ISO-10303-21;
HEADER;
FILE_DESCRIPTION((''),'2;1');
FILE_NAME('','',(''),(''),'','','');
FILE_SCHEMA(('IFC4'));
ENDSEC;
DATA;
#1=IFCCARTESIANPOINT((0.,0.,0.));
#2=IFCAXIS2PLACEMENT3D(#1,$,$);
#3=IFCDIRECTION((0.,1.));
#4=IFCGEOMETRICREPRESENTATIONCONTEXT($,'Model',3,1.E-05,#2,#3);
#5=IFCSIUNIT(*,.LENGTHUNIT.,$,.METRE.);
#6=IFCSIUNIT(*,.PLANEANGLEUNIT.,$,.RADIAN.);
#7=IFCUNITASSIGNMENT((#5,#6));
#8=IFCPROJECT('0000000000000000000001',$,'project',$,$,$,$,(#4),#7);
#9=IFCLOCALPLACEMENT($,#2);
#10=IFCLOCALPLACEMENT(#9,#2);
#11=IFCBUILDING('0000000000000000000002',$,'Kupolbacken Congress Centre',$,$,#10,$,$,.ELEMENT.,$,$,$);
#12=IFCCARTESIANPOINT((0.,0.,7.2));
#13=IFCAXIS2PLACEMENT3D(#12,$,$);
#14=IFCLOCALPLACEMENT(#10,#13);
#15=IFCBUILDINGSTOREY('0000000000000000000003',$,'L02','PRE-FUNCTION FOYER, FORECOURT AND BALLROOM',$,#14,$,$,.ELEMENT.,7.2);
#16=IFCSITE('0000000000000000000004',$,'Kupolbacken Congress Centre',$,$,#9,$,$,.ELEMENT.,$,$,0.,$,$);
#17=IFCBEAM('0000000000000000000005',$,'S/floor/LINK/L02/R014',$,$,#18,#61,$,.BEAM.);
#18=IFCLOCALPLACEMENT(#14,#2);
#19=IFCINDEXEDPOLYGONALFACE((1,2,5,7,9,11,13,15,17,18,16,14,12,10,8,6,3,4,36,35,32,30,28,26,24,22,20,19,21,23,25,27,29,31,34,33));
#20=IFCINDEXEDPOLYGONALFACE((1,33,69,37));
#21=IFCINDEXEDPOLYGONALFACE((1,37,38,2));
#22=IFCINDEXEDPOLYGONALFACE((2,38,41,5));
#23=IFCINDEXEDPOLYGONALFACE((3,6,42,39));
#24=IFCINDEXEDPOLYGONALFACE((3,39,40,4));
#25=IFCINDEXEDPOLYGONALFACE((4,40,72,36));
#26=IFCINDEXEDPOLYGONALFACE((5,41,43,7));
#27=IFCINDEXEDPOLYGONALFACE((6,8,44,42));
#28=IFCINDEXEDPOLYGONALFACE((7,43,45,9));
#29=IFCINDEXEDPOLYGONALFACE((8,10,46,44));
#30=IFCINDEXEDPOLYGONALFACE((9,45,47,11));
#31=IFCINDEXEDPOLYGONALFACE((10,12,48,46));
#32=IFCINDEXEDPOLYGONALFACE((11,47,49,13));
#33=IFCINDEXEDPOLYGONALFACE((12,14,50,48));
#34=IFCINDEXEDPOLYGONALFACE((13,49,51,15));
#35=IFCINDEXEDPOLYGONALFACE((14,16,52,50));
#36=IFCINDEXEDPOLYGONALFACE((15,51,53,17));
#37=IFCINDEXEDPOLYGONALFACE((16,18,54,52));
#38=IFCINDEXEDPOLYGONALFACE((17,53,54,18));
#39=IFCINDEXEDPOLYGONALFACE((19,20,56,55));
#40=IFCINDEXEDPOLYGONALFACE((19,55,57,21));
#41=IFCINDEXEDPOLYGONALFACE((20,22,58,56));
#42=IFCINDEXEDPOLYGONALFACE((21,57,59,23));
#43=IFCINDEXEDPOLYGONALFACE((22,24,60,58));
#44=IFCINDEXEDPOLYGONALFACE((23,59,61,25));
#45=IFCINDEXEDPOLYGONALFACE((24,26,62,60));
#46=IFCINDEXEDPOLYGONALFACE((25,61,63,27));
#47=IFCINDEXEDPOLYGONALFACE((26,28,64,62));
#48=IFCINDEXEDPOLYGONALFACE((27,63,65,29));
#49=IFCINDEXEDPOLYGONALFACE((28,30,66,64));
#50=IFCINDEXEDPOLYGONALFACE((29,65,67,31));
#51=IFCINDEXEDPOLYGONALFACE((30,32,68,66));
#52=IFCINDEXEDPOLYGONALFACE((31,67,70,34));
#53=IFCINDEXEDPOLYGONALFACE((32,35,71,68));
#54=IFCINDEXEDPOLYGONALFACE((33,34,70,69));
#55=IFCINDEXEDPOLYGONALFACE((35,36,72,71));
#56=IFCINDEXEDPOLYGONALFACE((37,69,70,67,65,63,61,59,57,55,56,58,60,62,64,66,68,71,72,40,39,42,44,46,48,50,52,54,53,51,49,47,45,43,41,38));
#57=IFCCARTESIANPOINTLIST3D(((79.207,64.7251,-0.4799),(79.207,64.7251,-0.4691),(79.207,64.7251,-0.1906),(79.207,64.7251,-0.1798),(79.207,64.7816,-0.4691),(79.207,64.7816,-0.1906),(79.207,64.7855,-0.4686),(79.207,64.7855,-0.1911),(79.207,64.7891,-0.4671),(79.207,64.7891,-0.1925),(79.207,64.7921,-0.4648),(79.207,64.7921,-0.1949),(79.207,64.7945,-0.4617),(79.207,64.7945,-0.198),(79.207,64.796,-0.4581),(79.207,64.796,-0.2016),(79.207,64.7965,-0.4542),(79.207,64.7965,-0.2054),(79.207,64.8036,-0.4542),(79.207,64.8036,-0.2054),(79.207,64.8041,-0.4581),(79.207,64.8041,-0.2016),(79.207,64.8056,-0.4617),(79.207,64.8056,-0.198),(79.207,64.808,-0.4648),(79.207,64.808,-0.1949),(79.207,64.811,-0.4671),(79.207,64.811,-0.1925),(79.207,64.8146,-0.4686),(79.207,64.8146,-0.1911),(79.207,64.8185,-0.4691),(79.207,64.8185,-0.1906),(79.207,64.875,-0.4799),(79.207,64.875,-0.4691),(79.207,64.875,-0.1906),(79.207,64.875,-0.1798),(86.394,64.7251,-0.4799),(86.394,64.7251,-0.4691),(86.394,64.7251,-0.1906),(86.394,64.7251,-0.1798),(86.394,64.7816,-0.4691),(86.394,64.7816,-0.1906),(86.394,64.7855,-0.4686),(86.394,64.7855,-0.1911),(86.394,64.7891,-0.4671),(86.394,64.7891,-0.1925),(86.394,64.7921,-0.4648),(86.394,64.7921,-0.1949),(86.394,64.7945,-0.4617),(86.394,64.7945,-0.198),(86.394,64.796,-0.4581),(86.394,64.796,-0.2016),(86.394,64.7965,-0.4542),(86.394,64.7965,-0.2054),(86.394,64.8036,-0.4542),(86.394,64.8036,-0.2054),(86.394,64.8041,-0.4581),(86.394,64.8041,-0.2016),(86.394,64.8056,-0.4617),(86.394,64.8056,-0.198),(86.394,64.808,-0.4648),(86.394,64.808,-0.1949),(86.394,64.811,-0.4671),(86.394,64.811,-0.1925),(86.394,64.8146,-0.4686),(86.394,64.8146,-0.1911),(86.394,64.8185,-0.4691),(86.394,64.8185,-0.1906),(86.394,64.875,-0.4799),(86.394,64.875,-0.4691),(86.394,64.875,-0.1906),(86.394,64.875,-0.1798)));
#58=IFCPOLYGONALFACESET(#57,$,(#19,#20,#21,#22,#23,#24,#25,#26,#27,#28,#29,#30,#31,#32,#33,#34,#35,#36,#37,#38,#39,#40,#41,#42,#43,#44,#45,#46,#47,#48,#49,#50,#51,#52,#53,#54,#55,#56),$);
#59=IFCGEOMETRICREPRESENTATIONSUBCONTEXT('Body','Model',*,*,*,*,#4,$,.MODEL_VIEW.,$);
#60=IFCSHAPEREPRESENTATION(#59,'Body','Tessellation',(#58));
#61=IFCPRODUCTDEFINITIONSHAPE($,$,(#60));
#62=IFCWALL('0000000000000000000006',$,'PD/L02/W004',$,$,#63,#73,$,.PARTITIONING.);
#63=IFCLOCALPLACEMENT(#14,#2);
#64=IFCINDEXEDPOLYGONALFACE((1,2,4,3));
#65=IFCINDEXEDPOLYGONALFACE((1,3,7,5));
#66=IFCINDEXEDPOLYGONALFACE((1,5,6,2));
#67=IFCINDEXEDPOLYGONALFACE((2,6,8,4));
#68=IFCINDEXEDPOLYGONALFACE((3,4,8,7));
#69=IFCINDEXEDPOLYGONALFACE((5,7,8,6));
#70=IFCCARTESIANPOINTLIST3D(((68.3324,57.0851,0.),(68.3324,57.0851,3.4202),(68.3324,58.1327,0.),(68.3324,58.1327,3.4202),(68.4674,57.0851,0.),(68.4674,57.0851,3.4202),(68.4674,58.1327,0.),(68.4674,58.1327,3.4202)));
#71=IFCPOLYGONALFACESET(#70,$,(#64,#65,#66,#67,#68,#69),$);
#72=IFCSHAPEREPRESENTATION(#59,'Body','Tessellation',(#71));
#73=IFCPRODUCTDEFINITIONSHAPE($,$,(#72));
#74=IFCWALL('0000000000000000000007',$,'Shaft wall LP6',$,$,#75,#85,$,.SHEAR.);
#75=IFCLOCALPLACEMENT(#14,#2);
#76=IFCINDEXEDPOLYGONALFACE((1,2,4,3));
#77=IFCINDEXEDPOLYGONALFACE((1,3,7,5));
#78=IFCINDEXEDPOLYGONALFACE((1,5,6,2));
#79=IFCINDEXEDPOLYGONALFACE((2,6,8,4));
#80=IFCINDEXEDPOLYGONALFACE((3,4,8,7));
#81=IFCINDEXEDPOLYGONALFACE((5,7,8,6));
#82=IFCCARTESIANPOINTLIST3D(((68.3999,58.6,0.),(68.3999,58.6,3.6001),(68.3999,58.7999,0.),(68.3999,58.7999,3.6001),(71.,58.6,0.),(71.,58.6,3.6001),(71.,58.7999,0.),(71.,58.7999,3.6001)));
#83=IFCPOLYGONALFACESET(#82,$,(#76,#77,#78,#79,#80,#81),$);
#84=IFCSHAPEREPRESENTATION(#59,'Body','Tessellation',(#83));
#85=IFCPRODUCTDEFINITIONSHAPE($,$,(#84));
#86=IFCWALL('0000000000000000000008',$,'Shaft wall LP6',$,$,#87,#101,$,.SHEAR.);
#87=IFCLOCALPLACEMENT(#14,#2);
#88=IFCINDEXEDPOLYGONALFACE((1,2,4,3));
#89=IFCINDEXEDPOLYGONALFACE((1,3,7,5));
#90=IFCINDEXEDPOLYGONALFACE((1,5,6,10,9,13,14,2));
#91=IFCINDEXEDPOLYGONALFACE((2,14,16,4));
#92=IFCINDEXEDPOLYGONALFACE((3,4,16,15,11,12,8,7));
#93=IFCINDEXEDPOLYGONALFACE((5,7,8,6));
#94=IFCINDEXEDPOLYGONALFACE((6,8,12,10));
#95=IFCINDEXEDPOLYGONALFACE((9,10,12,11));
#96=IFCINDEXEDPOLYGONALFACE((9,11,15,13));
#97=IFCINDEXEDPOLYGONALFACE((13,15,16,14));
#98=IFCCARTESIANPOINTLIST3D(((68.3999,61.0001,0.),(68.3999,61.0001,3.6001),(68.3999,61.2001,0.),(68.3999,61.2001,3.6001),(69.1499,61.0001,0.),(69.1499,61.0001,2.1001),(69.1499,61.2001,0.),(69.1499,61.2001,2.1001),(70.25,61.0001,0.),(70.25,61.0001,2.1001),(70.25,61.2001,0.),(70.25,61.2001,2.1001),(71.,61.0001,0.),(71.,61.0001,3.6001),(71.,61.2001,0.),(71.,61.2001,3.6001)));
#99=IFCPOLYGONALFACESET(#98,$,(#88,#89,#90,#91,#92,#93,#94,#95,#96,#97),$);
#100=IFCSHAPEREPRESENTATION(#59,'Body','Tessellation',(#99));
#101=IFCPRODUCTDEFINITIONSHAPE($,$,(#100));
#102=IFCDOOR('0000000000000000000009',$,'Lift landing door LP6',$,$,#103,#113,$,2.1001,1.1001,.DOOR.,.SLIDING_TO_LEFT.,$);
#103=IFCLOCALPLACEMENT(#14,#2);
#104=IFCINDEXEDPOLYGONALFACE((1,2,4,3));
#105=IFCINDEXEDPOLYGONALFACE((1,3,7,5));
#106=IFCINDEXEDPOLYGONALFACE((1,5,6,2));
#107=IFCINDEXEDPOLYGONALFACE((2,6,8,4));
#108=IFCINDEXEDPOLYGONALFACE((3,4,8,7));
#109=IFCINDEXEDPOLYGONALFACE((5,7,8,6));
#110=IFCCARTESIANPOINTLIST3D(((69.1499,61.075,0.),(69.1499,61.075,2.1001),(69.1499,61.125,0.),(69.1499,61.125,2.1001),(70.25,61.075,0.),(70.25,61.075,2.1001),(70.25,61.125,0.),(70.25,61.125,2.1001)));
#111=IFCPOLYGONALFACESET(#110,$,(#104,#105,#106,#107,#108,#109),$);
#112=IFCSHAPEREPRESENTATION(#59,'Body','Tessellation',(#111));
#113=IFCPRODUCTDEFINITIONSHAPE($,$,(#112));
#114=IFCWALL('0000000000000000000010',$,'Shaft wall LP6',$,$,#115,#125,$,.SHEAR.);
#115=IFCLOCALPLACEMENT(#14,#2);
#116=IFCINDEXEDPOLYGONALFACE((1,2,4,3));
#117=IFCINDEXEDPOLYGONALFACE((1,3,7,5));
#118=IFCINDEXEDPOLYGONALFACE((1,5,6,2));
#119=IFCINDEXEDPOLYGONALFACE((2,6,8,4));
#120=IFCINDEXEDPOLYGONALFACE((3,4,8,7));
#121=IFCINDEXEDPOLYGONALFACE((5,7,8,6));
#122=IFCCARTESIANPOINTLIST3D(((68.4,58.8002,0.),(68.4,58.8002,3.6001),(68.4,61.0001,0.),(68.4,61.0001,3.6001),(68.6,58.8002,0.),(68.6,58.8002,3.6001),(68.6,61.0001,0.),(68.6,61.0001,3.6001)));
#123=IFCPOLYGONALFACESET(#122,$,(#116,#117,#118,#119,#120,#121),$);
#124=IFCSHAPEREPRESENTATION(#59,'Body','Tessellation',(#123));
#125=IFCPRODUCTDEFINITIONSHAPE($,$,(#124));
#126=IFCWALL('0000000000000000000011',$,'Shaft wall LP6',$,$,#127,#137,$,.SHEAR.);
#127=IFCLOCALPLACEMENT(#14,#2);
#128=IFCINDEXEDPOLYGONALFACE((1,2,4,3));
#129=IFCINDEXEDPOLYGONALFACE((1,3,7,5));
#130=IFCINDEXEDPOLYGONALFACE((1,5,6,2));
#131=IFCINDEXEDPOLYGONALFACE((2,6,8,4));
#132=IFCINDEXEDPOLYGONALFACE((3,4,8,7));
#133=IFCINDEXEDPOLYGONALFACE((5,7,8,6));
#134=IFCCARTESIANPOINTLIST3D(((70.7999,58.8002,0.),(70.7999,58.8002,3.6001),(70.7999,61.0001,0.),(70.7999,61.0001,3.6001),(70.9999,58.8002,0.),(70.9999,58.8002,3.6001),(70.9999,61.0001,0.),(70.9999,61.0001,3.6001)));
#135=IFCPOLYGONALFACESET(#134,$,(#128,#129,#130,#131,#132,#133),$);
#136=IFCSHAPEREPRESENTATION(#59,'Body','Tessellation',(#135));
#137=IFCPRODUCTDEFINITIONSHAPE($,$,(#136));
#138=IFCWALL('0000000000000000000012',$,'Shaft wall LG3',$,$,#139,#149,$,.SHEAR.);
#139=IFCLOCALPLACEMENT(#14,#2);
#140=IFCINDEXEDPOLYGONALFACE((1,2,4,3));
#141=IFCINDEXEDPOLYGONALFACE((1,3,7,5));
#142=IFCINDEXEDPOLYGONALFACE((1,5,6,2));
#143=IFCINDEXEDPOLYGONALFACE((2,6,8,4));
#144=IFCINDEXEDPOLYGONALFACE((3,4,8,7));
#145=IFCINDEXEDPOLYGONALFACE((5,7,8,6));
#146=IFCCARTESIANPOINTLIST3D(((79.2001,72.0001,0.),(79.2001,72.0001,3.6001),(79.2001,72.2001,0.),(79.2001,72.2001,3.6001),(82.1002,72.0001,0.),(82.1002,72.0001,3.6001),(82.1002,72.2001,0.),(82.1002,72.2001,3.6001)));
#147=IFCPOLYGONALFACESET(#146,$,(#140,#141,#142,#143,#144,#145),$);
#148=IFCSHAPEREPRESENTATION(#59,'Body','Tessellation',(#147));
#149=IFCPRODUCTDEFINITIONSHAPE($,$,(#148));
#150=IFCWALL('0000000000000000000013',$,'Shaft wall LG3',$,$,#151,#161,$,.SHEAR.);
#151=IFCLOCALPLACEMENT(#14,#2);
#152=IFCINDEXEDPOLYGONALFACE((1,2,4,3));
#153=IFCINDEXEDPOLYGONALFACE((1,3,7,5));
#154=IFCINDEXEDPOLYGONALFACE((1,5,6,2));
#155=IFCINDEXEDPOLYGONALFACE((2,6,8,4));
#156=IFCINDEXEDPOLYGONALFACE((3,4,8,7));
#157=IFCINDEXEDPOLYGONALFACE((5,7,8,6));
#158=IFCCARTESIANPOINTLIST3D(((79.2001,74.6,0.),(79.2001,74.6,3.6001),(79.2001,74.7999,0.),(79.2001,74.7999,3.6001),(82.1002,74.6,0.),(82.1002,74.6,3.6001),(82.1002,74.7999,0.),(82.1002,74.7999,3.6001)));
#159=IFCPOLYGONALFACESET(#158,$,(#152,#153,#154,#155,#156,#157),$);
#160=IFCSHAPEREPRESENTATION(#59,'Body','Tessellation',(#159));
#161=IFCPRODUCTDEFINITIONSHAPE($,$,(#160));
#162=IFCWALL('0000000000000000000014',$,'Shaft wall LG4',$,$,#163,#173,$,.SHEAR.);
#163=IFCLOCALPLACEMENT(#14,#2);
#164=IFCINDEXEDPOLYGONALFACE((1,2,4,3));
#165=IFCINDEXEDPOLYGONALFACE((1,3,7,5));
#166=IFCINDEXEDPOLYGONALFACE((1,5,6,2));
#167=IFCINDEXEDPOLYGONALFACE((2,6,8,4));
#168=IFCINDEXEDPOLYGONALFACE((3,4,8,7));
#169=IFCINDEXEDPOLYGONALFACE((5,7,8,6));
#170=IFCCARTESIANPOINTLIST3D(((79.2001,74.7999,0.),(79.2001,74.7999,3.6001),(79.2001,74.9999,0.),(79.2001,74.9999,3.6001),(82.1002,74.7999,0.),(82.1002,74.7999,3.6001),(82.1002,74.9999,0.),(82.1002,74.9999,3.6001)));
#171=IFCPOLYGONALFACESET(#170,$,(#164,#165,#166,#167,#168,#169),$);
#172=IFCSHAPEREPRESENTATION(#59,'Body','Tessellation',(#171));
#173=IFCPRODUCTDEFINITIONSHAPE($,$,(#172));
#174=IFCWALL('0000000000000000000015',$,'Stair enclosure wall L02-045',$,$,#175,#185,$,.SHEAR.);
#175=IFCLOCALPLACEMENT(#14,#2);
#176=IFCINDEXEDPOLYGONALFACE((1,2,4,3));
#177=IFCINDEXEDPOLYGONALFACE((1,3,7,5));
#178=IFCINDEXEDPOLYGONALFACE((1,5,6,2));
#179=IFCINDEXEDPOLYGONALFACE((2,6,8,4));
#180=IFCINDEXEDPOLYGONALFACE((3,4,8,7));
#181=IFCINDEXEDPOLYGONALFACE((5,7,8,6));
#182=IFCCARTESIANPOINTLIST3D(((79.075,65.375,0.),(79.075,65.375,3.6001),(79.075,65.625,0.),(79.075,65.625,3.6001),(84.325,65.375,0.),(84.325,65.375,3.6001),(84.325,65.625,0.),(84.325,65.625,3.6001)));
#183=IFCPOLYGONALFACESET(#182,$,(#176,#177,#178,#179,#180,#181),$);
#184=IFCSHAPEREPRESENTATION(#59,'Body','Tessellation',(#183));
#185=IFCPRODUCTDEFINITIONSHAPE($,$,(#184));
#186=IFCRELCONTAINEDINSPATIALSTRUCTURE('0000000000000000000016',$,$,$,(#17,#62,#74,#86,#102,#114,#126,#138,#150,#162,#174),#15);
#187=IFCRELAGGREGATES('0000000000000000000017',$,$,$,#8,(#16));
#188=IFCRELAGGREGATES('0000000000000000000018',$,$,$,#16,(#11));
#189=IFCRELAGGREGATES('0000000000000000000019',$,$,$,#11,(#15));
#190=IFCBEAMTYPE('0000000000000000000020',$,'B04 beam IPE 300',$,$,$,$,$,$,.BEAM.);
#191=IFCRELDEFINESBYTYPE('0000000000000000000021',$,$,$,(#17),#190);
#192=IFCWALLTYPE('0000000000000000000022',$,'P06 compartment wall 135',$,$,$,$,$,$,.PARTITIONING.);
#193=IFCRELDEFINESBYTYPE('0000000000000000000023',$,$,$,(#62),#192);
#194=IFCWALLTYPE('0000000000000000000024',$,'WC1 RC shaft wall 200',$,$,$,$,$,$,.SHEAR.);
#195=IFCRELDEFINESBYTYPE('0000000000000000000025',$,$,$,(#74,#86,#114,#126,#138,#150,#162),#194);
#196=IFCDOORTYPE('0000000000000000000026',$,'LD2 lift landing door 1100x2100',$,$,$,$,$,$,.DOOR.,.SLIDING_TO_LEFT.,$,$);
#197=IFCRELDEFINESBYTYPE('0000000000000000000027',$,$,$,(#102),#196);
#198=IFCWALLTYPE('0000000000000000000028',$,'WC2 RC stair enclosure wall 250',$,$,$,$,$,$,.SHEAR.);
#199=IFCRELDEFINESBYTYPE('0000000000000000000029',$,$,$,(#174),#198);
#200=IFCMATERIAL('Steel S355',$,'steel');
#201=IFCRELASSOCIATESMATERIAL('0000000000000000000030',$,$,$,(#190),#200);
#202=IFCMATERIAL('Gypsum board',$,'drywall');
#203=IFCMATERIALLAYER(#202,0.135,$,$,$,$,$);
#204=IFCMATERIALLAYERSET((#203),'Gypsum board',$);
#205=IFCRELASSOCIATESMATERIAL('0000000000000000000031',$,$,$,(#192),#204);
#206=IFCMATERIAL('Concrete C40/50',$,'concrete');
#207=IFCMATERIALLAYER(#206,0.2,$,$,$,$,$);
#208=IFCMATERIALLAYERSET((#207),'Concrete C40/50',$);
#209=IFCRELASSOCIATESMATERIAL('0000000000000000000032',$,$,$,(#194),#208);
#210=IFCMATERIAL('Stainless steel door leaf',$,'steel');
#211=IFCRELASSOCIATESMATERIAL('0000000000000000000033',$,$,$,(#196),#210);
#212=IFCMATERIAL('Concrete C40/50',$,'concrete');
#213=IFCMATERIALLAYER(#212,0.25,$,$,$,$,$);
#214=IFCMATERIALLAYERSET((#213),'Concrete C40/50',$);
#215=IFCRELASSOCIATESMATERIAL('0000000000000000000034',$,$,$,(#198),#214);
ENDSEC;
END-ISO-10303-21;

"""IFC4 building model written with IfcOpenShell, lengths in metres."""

from ifc_helpers import new_model, si_unit, direction, frame, frame_2d, origin, origin_2d, place, context, subcontext, project, spatial, rectangle, i_section, extrude, material, layer, layer_set, material_profile, profile_set, type_object, element, fill, save


model = new_model("IFC4")

# Units and contexts
model_context = context("Model", 3, precision=1e-05, world=origin(), true_north=direction((0.0, 1.0)))
body_context = subcontext(model_context, "Body", "Model", "MODEL_VIEW")
ifc_project = project(units=[si_unit("LENGTHUNIT", "METRE"), si_unit("PLANEANGLEUNIT", "RADIAN")], contexts=[model_context])

# Site, building, storey
site_placement = place(None, origin())
site = spatial("IfcSite", under=ifc_project, at=site_placement, Name="Kupolbacken Congress Centre", CompositionType="ELEMENT", RefElevation=0.0)
building_placement = place(site_placement, origin())
building = spatial("IfcBuilding", under=site, at=building_placement, Name="Kupolbacken Congress Centre", CompositionType="ELEMENT")
storey_placement = place(building_placement, frame((0.0, 0.0, 7.2)))
storey = spatial("IfcBuildingStorey", under=building, at=storey_placement, Name="L02", Description="PRE-FUNCTION FOYER, FORECOURT AND BALLROOM", CompositionType="ELEMENT", Elevation=7.2)

# Beam
ifc_material_1 = material(Name="Steel S355", Category="steel")
ifc_material_profile_1 = material_profile(ifc_material_1, i_section(OverallWidth=0.1499, OverallDepth=0.3, WebThickness=0.0071, FlangeThickness=0.0107, FilletRadius=0.0149, at=origin_2d()), Name="IPE 300")
ifc_profile_set_1 = profile_set([ifc_material_profile_1], Name="Steel S355")
beam_type_1 = type_object("IfcBeamType", Name="B04 beam IPE 300", PredefinedType="BEAM", material=ifc_profile_set_1)
beam_1_placement = place(storey_placement, frame((79.207, 64.8, -0.3298), z_axis=(1.0, 0.0, 0.0), x_axis=(0.0, 1.0, 0.0)))
element("IfcBeam", 1, at=beam_1_placement, inside=storey, type_object=beam_type_1, Name="S/floor/LINK/L02/R014", PredefinedType="BEAM", context=body_context, shape_type="SweptSolid", body=[
    extrude(i_section(OverallWidth=0.1499, OverallDepth=0.3, WebThickness=0.0071, FlangeThickness=0.0107, FilletRadius=0.0149, at=origin_2d()), origin(), (0.0, 0.0, 1.0), 7.187),
])

# Walls
ifc_material_2 = material(Name="Gypsum board", Category="drywall")
ifc_layer_1 = layer(ifc_material_2, 0.135)
ifc_layer_set_1 = layer_set([ifc_layer_1], Name="Gypsum board")
wall_type_1 = type_object("IfcWallType", Name="P06 compartment wall 135", PredefinedType="PARTITIONING", material=ifc_layer_set_1)
wall_1_placement = place(storey_placement, frame((68.3999, 57.085, 0.0), z_axis=(0.0, 0.0, 1.0), x_axis=(0.0, 1.0, 0.0)))
element("IfcWall", 2, at=wall_1_placement, inside=storey, type_object=wall_type_1, Name="PD/L02/W004", PredefinedType="PARTITIONING", context=body_context, shape_type="SweptSolid", body=[
    extrude(rectangle(XDim=1.0476, YDim=0.135, at=frame_2d((0.5239, 0.0))), origin(), (0.0, 0.0, 1.0), 3.4202),
])
ifc_material_3 = material(Name="Concrete C40/50", Category="concrete")
ifc_layer_2 = layer(ifc_material_3, 0.2)
ifc_layer_set_2 = layer_set([ifc_layer_2], Name="Concrete C40/50")
wall_type_2 = type_object("IfcWallType", Name="WC1 RC shaft wall 200", PredefinedType="SHEAR", material=ifc_layer_set_2)
wall_2_placement = place(storey_placement, frame((68.3999, 58.7, 0.0), z_axis=(0.0, 0.0, 1.0), x_axis=(1.0, 0.0, 0.0)))
element("IfcWall", 3, at=wall_2_placement, inside=storey, type_object=wall_type_2, Name="Shaft wall LP6", PredefinedType="SHEAR", context=body_context, shape_type="SweptSolid", body=[
    extrude(rectangle(XDim=2.6001, YDim=0.2, at=frame_2d((1.3, 0.0))), origin(), (0.0, 0.0, 1.0), 3.6001),
])

# Wall, opening, door
wall_3_placement = place(storey_placement, frame((68.3999, 61.1001, 0.0), z_axis=(0.0, 0.0, 1.0), x_axis=(1.0, 0.0, 0.0)))
wall_3 = element("IfcWall", 4, at=wall_3_placement, inside=storey, type_object=wall_type_2, Name="Shaft wall LP6", PredefinedType="SHEAR", context=body_context, shape_type="SweptSolid", body=[
    extrude(rectangle(XDim=2.6001, YDim=0.2, at=frame_2d((1.3, 0.0))), origin(), (0.0, 0.0, 1.0), 3.6001),
])
opening_1_placement = place(wall_3_placement, frame((0.75, 0.0, 0.0)))
opening_1 = element("IfcOpeningElement", 5, at=opening_1_placement, cuts=wall_3, PredefinedType="OPENING", context=body_context, shape_type="SweptSolid", body=[
    extrude(rectangle(XDim=1.1001, YDim=2.1001, at=frame_2d((0.55, 1.05))), frame((0.0, 0.1099, 0.0), z_axis=(0.0, -1.0, 0.0), x_axis=(1.0, 0.0, 0.0)), (0.0, 0.0, 1.0), 0.22),
])
ifc_material_4 = material(Name="Stainless steel door leaf", Category="steel")
door_type_1 = type_object("IfcDoorType", Name="LD2 lift landing door 1100x2100", OperationType="SLIDING_TO_LEFT", PredefinedType="DOOR", material=ifc_material_4)
door_1_placement = place(opening_1_placement, origin())
door_1 = element("IfcDoor", 6, at=door_1_placement, inside=storey, type_object=door_type_1, Name="Lift landing door LP6", OperationType="SLIDING_TO_LEFT", OverallHeight=2.1001, OverallWidth=1.1001, PredefinedType="DOOR", context=body_context, shape_type="SweptSolid", body=[
    extrude(rectangle(XDim=1.1001, YDim=2.1001, at=frame_2d((0.55, 1.05))), frame((0.0, 0.0249, 0.0), z_axis=(0.0, -1.0, 0.0), x_axis=(1.0, 0.0, 0.0)), (0.0, 0.0, 1.0), 0.05),
])
fill(opening_1, door_1)

# Walls
for number, where, z_axis, x_axis, name in (
    (7, (68.5, 58.8, 0.0), (0.0, 0.0, 1.0), (0.0, 1.0, 0.0), "Shaft wall LP6"),
    (8, (70.8999, 58.8, 0.0), (0.0, 0.0, 1.0), (0.0, 1.0, 0.0), "Shaft wall LP6"),
):
    element("IfcWall", number, at=place(storey_placement, frame(where, z_axis=z_axis, x_axis=x_axis)), inside=storey, type_object=wall_type_2, Name=name, PredefinedType="SHEAR", context=body_context, shape_type="SweptSolid", body=[
        extrude(rectangle(XDim=2.2, YDim=0.2, at=frame_2d((1.1001, 0.0))), origin(), (0.0, 0.0, 1.0), 3.6001),
    ])
for number, where, z_axis, x_axis, name in (
    (9, (79.2, 72.1001, 0.0), (0.0, 0.0, 1.0), (1.0, 0.0, 0.0), "Shaft wall LG3"),
    (10, (79.2, 74.7, 0.0), (0.0, 0.0, 1.0), (1.0, 0.0, 0.0), "Shaft wall LG3"),
    (11, (79.2, 74.8999, 0.0), (0.0, 0.0, 1.0), (1.0, 0.0, 0.0), "Shaft wall LG4"),
):
    element("IfcWall", number, at=place(storey_placement, frame(where, z_axis=z_axis, x_axis=x_axis)), inside=storey, type_object=wall_type_2, Name=name, PredefinedType="SHEAR", context=body_context, shape_type="SweptSolid", body=[
        extrude(rectangle(XDim=2.9001, YDim=0.2, at=frame_2d((1.4502, 0.0))), origin(), (0.0, 0.0, 1.0), 3.6001),
    ])
ifc_material_5 = material(Name="Concrete C40/50", Category="concrete")
ifc_layer_3 = layer(ifc_material_5, 0.25)
ifc_layer_set_3 = layer_set([ifc_layer_3], Name="Concrete C40/50")
wall_type_3 = type_object("IfcWallType", Name="WC2 RC stair enclosure wall 250", PredefinedType="SHEAR", material=ifc_layer_set_3)
wall_4_placement = place(storey_placement, frame((79.075, 65.5, 0.0), z_axis=(0.0, 0.0, 1.0), x_axis=(1.0, 0.0, 0.0)))
element("IfcWall", 12, at=wall_4_placement, inside=storey, type_object=wall_type_3, Name="Stair enclosure wall L02-045", PredefinedType="SHEAR", context=body_context, shape_type="SweptSolid", body=[
    extrude(rectangle(XDim=5.25, YDim=0.25, at=frame_2d((2.625, 0.0))), origin(), (0.0, 0.0, 1.0), 3.6001),
])

save(model, "model.ifc")
